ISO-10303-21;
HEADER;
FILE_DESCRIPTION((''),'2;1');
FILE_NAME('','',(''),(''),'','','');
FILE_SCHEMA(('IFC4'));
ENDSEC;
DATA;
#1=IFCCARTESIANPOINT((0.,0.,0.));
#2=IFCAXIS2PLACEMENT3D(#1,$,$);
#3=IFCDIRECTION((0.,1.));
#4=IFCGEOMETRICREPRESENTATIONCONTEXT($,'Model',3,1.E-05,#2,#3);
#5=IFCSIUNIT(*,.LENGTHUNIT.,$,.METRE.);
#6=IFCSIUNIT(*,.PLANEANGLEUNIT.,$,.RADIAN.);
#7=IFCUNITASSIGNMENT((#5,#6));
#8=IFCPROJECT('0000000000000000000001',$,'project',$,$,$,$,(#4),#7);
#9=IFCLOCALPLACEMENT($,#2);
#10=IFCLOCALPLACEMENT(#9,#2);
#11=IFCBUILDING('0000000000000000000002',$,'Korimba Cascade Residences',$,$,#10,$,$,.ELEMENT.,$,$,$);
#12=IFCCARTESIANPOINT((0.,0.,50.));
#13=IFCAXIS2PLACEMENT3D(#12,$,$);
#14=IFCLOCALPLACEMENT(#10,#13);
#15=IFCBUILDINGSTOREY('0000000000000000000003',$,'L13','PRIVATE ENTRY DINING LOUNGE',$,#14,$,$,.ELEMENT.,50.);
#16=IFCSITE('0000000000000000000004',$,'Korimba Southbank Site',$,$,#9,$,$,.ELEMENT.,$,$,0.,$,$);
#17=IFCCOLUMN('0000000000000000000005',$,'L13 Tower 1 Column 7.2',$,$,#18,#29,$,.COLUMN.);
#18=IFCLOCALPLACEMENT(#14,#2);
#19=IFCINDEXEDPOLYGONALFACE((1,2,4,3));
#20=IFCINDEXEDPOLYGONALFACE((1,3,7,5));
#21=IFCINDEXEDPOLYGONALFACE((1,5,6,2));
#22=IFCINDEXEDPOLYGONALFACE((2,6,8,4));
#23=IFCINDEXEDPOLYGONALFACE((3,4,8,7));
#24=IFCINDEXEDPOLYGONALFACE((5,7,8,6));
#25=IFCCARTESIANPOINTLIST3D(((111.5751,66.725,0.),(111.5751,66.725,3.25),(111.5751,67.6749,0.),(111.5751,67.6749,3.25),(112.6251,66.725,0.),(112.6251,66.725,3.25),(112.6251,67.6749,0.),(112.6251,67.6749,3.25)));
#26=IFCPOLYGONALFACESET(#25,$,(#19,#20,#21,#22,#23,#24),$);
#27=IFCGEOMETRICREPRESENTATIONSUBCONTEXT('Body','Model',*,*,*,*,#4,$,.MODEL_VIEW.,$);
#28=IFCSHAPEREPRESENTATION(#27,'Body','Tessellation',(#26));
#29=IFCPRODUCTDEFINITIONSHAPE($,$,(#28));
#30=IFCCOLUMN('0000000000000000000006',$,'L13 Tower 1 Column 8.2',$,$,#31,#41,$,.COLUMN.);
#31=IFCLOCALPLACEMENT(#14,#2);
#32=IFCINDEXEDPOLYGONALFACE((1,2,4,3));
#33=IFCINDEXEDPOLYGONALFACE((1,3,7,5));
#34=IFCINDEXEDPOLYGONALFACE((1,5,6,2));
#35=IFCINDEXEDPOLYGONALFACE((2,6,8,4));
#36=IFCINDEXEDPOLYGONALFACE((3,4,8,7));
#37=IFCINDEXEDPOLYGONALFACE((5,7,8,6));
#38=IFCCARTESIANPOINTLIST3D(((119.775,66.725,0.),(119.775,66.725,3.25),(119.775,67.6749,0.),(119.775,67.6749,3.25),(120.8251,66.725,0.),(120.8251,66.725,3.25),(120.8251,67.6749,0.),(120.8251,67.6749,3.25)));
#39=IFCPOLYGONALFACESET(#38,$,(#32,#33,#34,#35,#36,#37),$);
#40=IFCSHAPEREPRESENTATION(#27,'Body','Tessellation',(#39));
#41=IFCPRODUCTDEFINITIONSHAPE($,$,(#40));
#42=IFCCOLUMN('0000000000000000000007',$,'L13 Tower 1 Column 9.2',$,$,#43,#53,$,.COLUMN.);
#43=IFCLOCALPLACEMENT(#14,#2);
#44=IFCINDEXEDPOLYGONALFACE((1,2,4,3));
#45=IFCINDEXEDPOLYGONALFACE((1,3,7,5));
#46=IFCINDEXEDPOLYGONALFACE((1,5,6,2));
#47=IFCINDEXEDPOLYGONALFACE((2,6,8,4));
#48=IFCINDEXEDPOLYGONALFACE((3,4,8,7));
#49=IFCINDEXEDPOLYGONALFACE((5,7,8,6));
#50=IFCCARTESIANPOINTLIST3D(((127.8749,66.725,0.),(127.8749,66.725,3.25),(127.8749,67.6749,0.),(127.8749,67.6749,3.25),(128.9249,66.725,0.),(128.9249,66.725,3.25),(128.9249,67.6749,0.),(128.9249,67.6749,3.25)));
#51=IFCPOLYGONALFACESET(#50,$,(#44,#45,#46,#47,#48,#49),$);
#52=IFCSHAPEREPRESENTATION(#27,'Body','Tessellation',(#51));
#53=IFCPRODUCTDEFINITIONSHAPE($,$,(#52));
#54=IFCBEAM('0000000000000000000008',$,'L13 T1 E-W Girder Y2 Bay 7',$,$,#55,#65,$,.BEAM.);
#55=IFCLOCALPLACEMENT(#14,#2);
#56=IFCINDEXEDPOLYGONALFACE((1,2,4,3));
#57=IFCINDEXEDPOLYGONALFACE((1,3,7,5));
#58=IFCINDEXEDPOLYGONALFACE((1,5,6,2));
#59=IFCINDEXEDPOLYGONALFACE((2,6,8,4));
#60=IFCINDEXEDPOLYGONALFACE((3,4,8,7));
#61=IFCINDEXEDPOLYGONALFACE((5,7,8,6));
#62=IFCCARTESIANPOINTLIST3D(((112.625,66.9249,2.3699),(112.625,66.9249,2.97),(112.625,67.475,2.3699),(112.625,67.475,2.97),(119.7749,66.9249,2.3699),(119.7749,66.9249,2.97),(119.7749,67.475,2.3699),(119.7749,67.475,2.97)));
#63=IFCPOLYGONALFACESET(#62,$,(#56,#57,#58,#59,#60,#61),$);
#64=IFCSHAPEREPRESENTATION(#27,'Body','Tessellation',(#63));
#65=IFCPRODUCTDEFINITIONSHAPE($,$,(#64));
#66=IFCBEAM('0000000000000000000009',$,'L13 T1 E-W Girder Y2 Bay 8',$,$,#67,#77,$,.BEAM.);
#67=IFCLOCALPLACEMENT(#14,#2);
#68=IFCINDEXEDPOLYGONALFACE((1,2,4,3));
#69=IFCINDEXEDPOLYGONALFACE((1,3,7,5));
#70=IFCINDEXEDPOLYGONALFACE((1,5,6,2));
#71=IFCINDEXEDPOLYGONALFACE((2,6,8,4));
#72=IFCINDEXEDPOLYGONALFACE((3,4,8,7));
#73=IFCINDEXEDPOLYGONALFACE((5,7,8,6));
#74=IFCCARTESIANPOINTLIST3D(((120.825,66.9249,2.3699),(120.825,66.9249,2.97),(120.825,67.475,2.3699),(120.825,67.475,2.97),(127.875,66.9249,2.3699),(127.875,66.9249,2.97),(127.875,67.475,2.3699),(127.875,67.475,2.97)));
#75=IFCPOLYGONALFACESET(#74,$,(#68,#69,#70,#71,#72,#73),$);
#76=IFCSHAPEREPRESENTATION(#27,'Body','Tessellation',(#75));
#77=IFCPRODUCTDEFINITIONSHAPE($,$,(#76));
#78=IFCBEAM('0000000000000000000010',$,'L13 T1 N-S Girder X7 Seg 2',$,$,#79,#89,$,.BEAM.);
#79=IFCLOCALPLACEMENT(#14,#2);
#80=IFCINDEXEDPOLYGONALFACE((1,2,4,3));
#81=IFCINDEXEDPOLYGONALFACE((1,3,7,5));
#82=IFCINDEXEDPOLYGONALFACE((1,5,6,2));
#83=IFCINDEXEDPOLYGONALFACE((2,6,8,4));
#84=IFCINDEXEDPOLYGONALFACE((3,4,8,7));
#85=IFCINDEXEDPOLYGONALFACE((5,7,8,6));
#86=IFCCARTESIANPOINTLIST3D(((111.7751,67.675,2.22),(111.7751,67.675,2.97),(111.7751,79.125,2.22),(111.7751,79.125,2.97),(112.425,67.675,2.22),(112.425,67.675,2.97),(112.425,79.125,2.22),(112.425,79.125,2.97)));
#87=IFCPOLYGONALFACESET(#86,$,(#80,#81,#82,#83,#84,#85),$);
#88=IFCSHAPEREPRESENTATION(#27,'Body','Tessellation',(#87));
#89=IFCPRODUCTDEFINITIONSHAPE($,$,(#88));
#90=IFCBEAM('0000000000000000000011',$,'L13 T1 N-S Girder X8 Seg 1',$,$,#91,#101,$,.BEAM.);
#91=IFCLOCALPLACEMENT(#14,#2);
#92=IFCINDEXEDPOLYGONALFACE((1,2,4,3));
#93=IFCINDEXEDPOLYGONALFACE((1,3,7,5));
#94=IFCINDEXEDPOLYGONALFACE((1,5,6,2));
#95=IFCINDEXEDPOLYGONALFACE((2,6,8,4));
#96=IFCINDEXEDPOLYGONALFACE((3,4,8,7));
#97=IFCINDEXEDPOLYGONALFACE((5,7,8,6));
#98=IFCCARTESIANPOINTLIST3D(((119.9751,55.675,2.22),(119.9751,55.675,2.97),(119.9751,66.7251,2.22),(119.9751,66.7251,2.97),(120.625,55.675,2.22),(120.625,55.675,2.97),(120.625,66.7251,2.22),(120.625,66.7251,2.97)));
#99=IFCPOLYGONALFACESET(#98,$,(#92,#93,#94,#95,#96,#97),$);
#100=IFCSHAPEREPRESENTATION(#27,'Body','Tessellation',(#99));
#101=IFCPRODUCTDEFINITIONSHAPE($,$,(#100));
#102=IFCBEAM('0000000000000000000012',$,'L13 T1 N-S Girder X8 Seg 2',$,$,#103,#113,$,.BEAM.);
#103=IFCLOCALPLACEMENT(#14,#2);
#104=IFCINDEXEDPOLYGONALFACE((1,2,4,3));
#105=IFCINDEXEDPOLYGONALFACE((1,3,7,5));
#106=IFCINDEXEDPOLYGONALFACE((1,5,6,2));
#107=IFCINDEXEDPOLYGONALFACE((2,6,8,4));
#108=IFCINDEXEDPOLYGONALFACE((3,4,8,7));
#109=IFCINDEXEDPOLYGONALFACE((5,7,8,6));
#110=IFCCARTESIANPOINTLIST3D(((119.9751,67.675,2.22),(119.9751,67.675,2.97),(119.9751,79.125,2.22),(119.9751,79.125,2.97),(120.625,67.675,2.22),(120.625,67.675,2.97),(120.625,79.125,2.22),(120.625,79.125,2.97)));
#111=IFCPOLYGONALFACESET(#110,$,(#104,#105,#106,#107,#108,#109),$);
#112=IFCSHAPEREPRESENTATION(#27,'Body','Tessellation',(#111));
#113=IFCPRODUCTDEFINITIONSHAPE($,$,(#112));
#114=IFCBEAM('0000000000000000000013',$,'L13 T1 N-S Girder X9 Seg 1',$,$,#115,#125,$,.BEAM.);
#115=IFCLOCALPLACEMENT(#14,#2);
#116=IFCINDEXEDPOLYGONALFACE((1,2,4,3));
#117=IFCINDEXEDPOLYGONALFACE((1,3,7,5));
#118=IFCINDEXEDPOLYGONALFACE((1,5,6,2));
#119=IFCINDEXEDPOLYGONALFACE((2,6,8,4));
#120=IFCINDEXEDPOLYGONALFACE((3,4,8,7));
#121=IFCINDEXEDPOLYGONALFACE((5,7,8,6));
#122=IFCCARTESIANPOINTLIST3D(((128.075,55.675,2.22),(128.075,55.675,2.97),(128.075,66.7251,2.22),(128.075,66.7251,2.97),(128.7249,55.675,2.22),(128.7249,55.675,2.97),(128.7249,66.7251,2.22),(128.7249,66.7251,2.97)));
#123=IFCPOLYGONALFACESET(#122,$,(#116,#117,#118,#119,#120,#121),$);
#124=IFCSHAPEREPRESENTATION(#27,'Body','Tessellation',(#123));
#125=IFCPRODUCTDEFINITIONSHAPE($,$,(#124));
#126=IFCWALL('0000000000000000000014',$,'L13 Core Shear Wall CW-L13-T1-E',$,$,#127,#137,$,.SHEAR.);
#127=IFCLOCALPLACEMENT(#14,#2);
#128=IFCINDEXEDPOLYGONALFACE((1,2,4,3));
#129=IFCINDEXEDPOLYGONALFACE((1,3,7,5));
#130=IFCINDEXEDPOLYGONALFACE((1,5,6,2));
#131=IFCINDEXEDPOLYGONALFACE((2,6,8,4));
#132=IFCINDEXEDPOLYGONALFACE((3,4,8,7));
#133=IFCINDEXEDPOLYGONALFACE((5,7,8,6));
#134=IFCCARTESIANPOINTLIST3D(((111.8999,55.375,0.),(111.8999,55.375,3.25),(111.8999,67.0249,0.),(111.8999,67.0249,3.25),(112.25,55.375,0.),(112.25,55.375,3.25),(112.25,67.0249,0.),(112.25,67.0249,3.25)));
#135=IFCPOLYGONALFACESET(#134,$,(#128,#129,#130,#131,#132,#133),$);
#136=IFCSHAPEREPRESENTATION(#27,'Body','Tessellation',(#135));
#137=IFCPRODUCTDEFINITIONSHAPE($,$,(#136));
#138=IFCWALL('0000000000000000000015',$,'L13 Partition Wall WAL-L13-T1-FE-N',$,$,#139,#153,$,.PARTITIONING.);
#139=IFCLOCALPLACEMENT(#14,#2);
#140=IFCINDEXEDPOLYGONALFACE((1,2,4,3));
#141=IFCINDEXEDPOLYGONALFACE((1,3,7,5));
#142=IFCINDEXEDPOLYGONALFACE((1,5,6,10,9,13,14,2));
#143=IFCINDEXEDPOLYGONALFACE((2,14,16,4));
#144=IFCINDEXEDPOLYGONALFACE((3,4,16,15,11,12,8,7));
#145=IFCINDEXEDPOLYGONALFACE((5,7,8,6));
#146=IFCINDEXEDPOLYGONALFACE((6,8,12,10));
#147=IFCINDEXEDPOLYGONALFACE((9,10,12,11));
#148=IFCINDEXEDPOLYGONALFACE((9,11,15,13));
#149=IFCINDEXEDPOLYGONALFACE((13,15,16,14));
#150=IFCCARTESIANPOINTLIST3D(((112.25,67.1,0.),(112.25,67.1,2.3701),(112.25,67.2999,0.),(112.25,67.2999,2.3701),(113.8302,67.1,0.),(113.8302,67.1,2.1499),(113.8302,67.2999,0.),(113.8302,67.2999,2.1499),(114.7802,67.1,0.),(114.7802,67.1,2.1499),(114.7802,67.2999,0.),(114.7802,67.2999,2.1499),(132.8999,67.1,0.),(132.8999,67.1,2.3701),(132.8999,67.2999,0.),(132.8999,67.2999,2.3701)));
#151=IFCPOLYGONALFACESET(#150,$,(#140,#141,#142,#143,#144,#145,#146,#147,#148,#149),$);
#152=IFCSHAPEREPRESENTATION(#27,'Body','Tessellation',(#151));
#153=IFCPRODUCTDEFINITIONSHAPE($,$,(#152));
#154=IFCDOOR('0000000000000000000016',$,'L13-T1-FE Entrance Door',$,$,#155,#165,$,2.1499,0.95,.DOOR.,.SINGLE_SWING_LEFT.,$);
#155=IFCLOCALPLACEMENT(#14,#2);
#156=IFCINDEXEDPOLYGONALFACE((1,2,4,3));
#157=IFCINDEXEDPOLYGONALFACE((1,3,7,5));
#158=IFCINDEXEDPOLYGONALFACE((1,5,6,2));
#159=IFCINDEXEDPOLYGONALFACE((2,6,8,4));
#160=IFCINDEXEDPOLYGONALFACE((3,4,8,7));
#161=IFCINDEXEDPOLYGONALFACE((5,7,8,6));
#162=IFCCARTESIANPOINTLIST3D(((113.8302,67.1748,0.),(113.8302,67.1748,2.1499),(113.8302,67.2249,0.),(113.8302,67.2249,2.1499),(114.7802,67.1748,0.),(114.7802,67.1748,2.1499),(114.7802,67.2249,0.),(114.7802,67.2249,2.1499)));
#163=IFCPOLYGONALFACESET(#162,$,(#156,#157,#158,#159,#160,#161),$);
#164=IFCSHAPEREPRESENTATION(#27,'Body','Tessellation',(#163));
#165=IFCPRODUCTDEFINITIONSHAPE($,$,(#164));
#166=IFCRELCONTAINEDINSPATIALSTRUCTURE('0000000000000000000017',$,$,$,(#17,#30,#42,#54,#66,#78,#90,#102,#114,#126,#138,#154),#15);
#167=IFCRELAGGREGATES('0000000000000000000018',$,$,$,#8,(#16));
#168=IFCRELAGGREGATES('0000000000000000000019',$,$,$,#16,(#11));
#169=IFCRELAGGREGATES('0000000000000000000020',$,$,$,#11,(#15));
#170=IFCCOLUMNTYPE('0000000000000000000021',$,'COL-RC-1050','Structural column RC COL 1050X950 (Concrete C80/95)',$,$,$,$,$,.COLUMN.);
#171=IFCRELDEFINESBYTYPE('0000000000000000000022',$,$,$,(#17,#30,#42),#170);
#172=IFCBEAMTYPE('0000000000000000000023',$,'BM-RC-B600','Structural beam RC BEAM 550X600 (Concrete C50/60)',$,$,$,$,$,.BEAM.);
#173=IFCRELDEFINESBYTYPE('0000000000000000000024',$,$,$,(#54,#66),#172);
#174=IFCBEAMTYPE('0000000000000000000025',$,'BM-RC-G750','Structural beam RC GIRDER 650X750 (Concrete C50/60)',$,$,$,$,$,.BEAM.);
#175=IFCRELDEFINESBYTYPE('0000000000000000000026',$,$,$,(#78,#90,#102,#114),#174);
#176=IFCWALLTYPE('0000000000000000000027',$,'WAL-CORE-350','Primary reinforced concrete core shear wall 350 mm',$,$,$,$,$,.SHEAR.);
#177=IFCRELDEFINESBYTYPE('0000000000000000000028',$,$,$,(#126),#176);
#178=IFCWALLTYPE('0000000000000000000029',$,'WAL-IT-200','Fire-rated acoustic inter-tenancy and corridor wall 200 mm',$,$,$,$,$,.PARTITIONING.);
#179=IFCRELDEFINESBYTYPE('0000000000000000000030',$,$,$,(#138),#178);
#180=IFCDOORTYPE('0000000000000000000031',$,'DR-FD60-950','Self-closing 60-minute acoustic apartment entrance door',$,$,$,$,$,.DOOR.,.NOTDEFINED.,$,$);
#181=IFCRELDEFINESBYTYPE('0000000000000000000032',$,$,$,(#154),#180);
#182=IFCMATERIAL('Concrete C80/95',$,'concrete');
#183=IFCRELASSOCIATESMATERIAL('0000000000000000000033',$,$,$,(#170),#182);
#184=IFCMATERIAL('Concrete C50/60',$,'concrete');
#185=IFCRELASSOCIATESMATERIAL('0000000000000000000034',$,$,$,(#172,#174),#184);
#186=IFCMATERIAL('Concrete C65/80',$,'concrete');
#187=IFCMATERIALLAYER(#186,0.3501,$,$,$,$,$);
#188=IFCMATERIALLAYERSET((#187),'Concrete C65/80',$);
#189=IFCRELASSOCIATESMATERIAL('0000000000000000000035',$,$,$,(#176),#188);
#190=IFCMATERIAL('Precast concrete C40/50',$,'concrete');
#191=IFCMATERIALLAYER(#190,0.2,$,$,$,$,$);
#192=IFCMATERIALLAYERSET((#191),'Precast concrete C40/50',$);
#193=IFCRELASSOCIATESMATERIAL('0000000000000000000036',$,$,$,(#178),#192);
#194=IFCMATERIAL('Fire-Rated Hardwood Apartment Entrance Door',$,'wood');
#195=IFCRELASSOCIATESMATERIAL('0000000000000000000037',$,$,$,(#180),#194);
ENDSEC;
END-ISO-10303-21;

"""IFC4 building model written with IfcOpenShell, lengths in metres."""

from ifc_helpers import new_model, si_unit, direction, frame, frame_2d, origin, origin_2d, place, context, subcontext, project, spatial, rectangle, extrude, material, layer, layer_set, material_profile, profile_set, type_object, element, fill, save


model = new_model("IFC4")

# Units and contexts
model_context = context("Model", 3, precision=1e-05, world=origin(), true_north=direction((0.0, 1.0)))
body_context = subcontext(model_context, "Body", "Model", "MODEL_VIEW")
ifc_project = project(units=[si_unit("LENGTHUNIT", "METRE"), si_unit("PLANEANGLEUNIT", "RADIAN")], contexts=[model_context])

# Site, building, storey
site_placement = place(None, origin())
site = spatial("IfcSite", under=ifc_project, at=site_placement, Name="Korimba Southbank Site", CompositionType="ELEMENT", RefElevation=0.0)
building_placement = place(site_placement, origin())
building = spatial("IfcBuilding", under=site, at=building_placement, Name="Korimba Cascade Residences", CompositionType="ELEMENT")
storey_placement = place(building_placement, frame((0.0, 0.0, 50.0)))
storey = spatial("IfcBuildingStorey", under=building, at=storey_placement, Name="L13", Description="PRIVATE ENTRY DINING LOUNGE", CompositionType="ELEMENT", Elevation=50.0)

# Columns
ifc_material_1 = material(Name="Concrete C80/95", Category="concrete")
ifc_material_profile_1 = material_profile(ifc_material_1, rectangle(XDim=1.05, YDim=0.95, at=origin_2d()), Name="Concrete C80/95")
ifc_profile_set_1 = profile_set([ifc_material_profile_1], Name="Concrete C80/95")
column_type = type_object("IfcColumnType", Name="COL-RC-1050", Description="Structural column RC COL 1050X950 (Concrete C80/95)", PredefinedType="COLUMN", material=ifc_profile_set_1)
for number, where, z_axis, x_axis, name in (
    (1, (112.1001, 67.2, 0.0), (0.0, 0.0, 1.0), (1.0, 0.0, 0.0), "L13 Tower 1 Column 7.2"),
    (2, (120.3, 67.2, 0.0), (0.0, 0.0, 1.0), (1.0, 0.0, 0.0), "L13 Tower 1 Column 8.2"),
    (3, (128.3999, 67.2, 0.0), (0.0, 0.0, 1.0), (1.0, 0.0, 0.0), "L13 Tower 1 Column 9.2"),
):
    element("IfcColumn", number, at=place(storey_placement, frame(where, z_axis=z_axis, x_axis=x_axis)), inside=storey, type_object=column_type, Name=name, PredefinedType="COLUMN", context=body_context, shape_type="SweptSolid", body=[
        extrude(rectangle(XDim=1.05, YDim=0.95, at=origin_2d()), origin(), (0.0, 0.0, 1.0), 3.25),
    ])

# Beams
ifc_material_2 = material(Name="Concrete C50/60", Category="concrete")
ifc_material_profile_2 = material_profile(ifc_material_2, rectangle(XDim=0.55, YDim=0.6001, at=origin_2d()), Name="Concrete C50/60")
ifc_profile_set_2 = profile_set([ifc_material_profile_2], Name="Concrete C50/60")
beam_type_1 = type_object("IfcBeamType", Name="BM-RC-B600", Description="Structural beam RC BEAM 550X600 (Concrete C50/60)", PredefinedType="BEAM", material=ifc_profile_set_2)
beam_1_placement = place(storey_placement, frame((112.625, 67.2, 2.6699), z_axis=(1.0, 0.0, 0.0), x_axis=(0.0, 1.0, 0.0)))
element("IfcBeam", 4, at=beam_1_placement, inside=storey, type_object=beam_type_1, Name="L13 T1 E-W Girder Y2 Bay 7", PredefinedType="BEAM", context=body_context, shape_type="SweptSolid", body=[
    extrude(rectangle(XDim=0.55, YDim=0.6001, at=origin_2d()), origin(), (0.0, 0.0, 1.0), 7.1499),
])
beam_2_placement = place(storey_placement, frame((120.825, 67.2, 2.6699), z_axis=(1.0, 0.0, 0.0), x_axis=(0.0, 1.0, 0.0)))
element("IfcBeam", 5, at=beam_2_placement, inside=storey, type_object=beam_type_1, Name="L13 T1 E-W Girder Y2 Bay 8", PredefinedType="BEAM", context=body_context, shape_type="SweptSolid", body=[
    extrude(rectangle(XDim=0.55, YDim=0.6001, at=origin_2d()), origin(), (0.0, 0.0, 1.0), 7.05),
])
ifc_material_profile_3 = material_profile(ifc_material_2, rectangle(XDim=0.6499, YDim=0.75, at=origin_2d()), Name="Concrete C50/60")
ifc_profile_set_3 = profile_set([ifc_material_profile_3], Name="Concrete C50/60")
beam_type_2 = type_object("IfcBeamType", Name="BM-RC-G750", Description="Structural beam RC GIRDER 650X750 (Concrete C50/60)", PredefinedType="BEAM", material=ifc_profile_set_3)
beam_3_placement = place(storey_placement, frame((112.1001, 67.675, 2.595), z_axis=(0.0, 1.0, 0.0), x_axis=(-1.0, 0.0, 0.0)))
element("IfcBeam", 6, at=beam_3_placement, inside=storey, type_object=beam_type_2, Name="L13 T1 N-S Girder X7 Seg 2", PredefinedType="BEAM", context=body_context, shape_type="SweptSolid", body=[
    extrude(rectangle(XDim=0.6499, YDim=0.75, at=origin_2d()), origin(), (0.0, 0.0, 1.0), 11.45),
])
beam_4_placement = place(storey_placement, frame((120.3, 55.675, 2.595), z_axis=(0.0, 1.0, 0.0), x_axis=(-1.0, 0.0, 0.0)))
element("IfcBeam", 7, at=beam_4_placement, inside=storey, type_object=beam_type_2, Name="L13 T1 N-S Girder X8 Seg 1", PredefinedType="BEAM", context=body_context, shape_type="SweptSolid", body=[
    extrude(rectangle(XDim=0.6499, YDim=0.75, at=origin_2d()), origin(), (0.0, 0.0, 1.0), 11.05),
])
beam_5_placement = place(storey_placement, frame((120.3, 67.675, 2.595), z_axis=(0.0, 1.0, 0.0), x_axis=(-1.0, 0.0, 0.0)))
element("IfcBeam", 8, at=beam_5_placement, inside=storey, type_object=beam_type_2, Name="L13 T1 N-S Girder X8 Seg 2", PredefinedType="BEAM", context=body_context, shape_type="SweptSolid", body=[
    extrude(rectangle(XDim=0.6499, YDim=0.75, at=origin_2d()), origin(), (0.0, 0.0, 1.0), 11.45),
])
beam_6_placement = place(storey_placement, frame((128.3999, 55.675, 2.595), z_axis=(0.0, 1.0, 0.0), x_axis=(-1.0, 0.0, 0.0)))
element("IfcBeam", 9, at=beam_6_placement, inside=storey, type_object=beam_type_2, Name="L13 T1 N-S Girder X9 Seg 1", PredefinedType="BEAM", context=body_context, shape_type="SweptSolid", body=[
    extrude(rectangle(XDim=0.6499, YDim=0.75, at=origin_2d()), origin(), (0.0, 0.0, 1.0), 11.05),
])

# Wall
ifc_material_3 = material(Name="Concrete C65/80", Category="concrete")
ifc_layer_1 = layer(ifc_material_3, 0.3501)
ifc_layer_set_1 = layer_set([ifc_layer_1], Name="Concrete C65/80")
wall_type_1 = type_object("IfcWallType", Name="WAL-CORE-350", Description="Primary reinforced concrete core shear wall 350 mm", PredefinedType="SHEAR", material=ifc_layer_set_1)
wall_1_placement = place(storey_placement, frame((112.075, 55.375, 0.0), z_axis=(0.0, 0.0, 1.0), x_axis=(0.0, 1.0, 0.0)))
element("IfcWall", 10, at=wall_1_placement, inside=storey, type_object=wall_type_1, Name="L13 Core Shear Wall CW-L13-T1-E", PredefinedType="SHEAR", context=body_context, shape_type="SweptSolid", body=[
    extrude(rectangle(XDim=11.6499, YDim=0.3501, at=frame_2d((5.825, 0.0))), origin(), (0.0, 0.0, 1.0), 3.25),
])

# Wall, opening, door
ifc_material_4 = material(Name="Precast concrete C40/50", Category="concrete")
ifc_layer_2 = layer(ifc_material_4, 0.2)
ifc_layer_set_2 = layer_set([ifc_layer_2], Name="Precast concrete C40/50")
wall_type_2 = type_object("IfcWallType", Name="WAL-IT-200", Description="Fire-rated acoustic inter-tenancy and corridor wall 200 mm", PredefinedType="PARTITIONING", material=ifc_layer_set_2)
wall_2_placement = place(storey_placement, frame((112.25, 67.2, 0.0), z_axis=(0.0, 0.0, 1.0), x_axis=(1.0, 0.0, 0.0)))
wall_2 = element("IfcWall", 11, at=wall_2_placement, inside=storey, type_object=wall_type_2, Name="L13 Partition Wall WAL-L13-T1-FE-N", PredefinedType="PARTITIONING", context=body_context, shape_type="SweptSolid", body=[
    extrude(rectangle(XDim=20.6499, YDim=0.2, at=frame_2d((10.325, 0.0))), origin(), (0.0, 0.0, 1.0), 2.3701),
])
opening_1_placement = place(wall_2_placement, frame((1.5801, 0.0, 0.0)))
opening_1 = element("IfcOpeningElement", 12, at=opening_1_placement, cuts=wall_2, PredefinedType="OPENING", context=body_context, shape_type="SweptSolid", body=[
    extrude(rectangle(XDim=0.95, YDim=2.1499, at=frame_2d((0.4751, 1.075))), frame((0.0, 0.1099, 0.0), z_axis=(0.0, -1.0, 0.0), x_axis=(1.0, 0.0, 0.0)), (0.0, 0.0, 1.0), 0.22),
])
ifc_material_5 = material(Name="Fire-Rated Hardwood Apartment Entrance Door", Category="wood")
door_type_1 = type_object("IfcDoorType", Name="DR-FD60-950", Description="Self-closing 60-minute acoustic apartment entrance door", OperationType="NOTDEFINED", PredefinedType="DOOR", material=ifc_material_5)
door_1_placement = place(opening_1_placement, origin())
door_1 = element("IfcDoor", 13, at=door_1_placement, inside=storey, type_object=door_type_1, Name="L13-T1-FE Entrance Door", OperationType="SINGLE_SWING_LEFT", OverallHeight=2.1499, OverallWidth=0.95, PredefinedType="DOOR", context=body_context, shape_type="SweptSolid", body=[
    extrude(rectangle(XDim=0.95, YDim=2.1499, at=frame_2d((0.4751, 1.075))), frame((0.0, 0.0249, 0.0), z_axis=(0.0, -1.0, 0.0), x_axis=(1.0, 0.0, 0.0)), (0.0, 0.0, 1.0), 0.05),
])
fill(opening_1, door_1)

save(model, "model.ifc")
